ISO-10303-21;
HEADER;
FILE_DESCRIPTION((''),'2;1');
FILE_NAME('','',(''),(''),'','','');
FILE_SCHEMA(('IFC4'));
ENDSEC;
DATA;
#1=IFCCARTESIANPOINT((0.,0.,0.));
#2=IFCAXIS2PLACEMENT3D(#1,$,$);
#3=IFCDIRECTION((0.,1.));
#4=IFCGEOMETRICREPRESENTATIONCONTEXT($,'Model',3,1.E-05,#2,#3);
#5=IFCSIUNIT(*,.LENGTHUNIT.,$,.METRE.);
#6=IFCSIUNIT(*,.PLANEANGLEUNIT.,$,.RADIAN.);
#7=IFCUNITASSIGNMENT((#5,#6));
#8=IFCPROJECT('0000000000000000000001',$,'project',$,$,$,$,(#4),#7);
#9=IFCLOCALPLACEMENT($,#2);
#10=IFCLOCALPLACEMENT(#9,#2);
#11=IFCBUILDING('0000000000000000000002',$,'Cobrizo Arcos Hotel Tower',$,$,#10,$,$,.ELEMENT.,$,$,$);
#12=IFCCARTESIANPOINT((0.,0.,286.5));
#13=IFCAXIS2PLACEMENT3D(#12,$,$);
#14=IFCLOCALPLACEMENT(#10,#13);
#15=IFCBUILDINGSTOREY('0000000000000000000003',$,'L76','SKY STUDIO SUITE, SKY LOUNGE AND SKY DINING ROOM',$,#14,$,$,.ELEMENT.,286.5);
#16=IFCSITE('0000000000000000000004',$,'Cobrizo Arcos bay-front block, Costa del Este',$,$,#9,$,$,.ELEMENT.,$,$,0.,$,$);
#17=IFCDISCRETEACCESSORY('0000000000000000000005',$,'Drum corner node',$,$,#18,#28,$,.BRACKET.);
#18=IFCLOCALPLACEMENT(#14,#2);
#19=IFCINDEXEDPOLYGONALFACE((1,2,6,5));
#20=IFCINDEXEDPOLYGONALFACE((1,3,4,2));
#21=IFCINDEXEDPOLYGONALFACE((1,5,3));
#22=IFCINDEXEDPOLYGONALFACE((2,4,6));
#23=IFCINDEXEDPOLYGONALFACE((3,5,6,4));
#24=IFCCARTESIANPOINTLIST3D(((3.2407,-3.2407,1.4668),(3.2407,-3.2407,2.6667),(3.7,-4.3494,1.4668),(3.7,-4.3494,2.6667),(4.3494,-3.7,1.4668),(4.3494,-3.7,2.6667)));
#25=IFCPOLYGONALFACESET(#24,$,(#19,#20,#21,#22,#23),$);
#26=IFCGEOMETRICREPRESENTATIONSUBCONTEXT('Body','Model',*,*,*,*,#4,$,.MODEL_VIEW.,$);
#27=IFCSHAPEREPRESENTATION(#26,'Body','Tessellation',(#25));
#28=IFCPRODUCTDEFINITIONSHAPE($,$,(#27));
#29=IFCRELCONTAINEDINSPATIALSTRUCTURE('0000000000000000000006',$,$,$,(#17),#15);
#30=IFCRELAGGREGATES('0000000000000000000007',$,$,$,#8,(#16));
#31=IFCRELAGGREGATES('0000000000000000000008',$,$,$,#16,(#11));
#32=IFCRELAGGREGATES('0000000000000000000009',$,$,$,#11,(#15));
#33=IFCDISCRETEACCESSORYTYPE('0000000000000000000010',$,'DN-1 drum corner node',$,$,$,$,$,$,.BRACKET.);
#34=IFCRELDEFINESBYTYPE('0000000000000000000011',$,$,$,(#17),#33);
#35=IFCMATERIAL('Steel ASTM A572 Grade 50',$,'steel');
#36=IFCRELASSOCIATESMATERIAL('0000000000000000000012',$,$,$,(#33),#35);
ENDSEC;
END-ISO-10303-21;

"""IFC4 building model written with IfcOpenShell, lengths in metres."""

from ifc_helpers import new_model, si_unit, direction, frame, origin, place, context, subcontext, project, spatial, polyline, outline, extrude, material, type_object, element, save


model = new_model("IFC4")

# Units and contexts
model_context = context("Model", 3, precision=1e-05, world=origin(), true_north=direction((0.0, 1.0)))
body_context = subcontext(model_context, "Body", "Model", "MODEL_VIEW")
ifc_project = project(units=[si_unit("LENGTHUNIT", "METRE"), si_unit("PLANEANGLEUNIT", "RADIAN")], contexts=[model_context])

# Site, building, storey
site_placement = place(None, origin())
site = spatial("IfcSite", under=ifc_project, at=site_placement, Name="Cobrizo Arcos bay-front block, Costa del Este", CompositionType="ELEMENT", RefElevation=0.0)
building_placement = place(site_placement, origin())
building = spatial("IfcBuilding", under=site, at=building_placement, Name="Cobrizo Arcos Hotel Tower", CompositionType="ELEMENT")
storey_placement = place(building_placement, frame((0.0, 0.0, 286.5)))
storey = spatial("IfcBuildingStorey", under=building, at=storey_placement, Name="L76", Description="SKY STUDIO SUITE, SKY LOUNGE AND SKY DINING ROOM", CompositionType="ELEMENT", Elevation=286.5)

# Shared definitions
ifc_material_1 = material(Name="Steel ASTM A572 Grade 50", Category="steel")

# Discrete accessory
discrete_accessory_type = type_object("IfcDiscreteAccessoryType", Name="DN-1 drum corner node", PredefinedType="BRACKET", material=ifc_material_1)
discrete_accessory_1_placement = place(storey_placement, frame((0.0, 0.0, 1.4668)))
element("IfcDiscreteAccessory", 1, at=discrete_accessory_1_placement, inside=storey, type_object=discrete_accessory_type, Name="Drum corner node", PredefinedType="BRACKET", context=body_context, shape_type="SweptSolid", body=[
    extrude(outline(polyline([(3.7, -4.3494), (3.2407, -3.2407), (3.2407, -3.2407), (4.3494, -3.7), (3.7, -4.3494)])), origin(), (0.0, 0.0, 1.0), 1.2),
])

save(model, "model.ifc")
